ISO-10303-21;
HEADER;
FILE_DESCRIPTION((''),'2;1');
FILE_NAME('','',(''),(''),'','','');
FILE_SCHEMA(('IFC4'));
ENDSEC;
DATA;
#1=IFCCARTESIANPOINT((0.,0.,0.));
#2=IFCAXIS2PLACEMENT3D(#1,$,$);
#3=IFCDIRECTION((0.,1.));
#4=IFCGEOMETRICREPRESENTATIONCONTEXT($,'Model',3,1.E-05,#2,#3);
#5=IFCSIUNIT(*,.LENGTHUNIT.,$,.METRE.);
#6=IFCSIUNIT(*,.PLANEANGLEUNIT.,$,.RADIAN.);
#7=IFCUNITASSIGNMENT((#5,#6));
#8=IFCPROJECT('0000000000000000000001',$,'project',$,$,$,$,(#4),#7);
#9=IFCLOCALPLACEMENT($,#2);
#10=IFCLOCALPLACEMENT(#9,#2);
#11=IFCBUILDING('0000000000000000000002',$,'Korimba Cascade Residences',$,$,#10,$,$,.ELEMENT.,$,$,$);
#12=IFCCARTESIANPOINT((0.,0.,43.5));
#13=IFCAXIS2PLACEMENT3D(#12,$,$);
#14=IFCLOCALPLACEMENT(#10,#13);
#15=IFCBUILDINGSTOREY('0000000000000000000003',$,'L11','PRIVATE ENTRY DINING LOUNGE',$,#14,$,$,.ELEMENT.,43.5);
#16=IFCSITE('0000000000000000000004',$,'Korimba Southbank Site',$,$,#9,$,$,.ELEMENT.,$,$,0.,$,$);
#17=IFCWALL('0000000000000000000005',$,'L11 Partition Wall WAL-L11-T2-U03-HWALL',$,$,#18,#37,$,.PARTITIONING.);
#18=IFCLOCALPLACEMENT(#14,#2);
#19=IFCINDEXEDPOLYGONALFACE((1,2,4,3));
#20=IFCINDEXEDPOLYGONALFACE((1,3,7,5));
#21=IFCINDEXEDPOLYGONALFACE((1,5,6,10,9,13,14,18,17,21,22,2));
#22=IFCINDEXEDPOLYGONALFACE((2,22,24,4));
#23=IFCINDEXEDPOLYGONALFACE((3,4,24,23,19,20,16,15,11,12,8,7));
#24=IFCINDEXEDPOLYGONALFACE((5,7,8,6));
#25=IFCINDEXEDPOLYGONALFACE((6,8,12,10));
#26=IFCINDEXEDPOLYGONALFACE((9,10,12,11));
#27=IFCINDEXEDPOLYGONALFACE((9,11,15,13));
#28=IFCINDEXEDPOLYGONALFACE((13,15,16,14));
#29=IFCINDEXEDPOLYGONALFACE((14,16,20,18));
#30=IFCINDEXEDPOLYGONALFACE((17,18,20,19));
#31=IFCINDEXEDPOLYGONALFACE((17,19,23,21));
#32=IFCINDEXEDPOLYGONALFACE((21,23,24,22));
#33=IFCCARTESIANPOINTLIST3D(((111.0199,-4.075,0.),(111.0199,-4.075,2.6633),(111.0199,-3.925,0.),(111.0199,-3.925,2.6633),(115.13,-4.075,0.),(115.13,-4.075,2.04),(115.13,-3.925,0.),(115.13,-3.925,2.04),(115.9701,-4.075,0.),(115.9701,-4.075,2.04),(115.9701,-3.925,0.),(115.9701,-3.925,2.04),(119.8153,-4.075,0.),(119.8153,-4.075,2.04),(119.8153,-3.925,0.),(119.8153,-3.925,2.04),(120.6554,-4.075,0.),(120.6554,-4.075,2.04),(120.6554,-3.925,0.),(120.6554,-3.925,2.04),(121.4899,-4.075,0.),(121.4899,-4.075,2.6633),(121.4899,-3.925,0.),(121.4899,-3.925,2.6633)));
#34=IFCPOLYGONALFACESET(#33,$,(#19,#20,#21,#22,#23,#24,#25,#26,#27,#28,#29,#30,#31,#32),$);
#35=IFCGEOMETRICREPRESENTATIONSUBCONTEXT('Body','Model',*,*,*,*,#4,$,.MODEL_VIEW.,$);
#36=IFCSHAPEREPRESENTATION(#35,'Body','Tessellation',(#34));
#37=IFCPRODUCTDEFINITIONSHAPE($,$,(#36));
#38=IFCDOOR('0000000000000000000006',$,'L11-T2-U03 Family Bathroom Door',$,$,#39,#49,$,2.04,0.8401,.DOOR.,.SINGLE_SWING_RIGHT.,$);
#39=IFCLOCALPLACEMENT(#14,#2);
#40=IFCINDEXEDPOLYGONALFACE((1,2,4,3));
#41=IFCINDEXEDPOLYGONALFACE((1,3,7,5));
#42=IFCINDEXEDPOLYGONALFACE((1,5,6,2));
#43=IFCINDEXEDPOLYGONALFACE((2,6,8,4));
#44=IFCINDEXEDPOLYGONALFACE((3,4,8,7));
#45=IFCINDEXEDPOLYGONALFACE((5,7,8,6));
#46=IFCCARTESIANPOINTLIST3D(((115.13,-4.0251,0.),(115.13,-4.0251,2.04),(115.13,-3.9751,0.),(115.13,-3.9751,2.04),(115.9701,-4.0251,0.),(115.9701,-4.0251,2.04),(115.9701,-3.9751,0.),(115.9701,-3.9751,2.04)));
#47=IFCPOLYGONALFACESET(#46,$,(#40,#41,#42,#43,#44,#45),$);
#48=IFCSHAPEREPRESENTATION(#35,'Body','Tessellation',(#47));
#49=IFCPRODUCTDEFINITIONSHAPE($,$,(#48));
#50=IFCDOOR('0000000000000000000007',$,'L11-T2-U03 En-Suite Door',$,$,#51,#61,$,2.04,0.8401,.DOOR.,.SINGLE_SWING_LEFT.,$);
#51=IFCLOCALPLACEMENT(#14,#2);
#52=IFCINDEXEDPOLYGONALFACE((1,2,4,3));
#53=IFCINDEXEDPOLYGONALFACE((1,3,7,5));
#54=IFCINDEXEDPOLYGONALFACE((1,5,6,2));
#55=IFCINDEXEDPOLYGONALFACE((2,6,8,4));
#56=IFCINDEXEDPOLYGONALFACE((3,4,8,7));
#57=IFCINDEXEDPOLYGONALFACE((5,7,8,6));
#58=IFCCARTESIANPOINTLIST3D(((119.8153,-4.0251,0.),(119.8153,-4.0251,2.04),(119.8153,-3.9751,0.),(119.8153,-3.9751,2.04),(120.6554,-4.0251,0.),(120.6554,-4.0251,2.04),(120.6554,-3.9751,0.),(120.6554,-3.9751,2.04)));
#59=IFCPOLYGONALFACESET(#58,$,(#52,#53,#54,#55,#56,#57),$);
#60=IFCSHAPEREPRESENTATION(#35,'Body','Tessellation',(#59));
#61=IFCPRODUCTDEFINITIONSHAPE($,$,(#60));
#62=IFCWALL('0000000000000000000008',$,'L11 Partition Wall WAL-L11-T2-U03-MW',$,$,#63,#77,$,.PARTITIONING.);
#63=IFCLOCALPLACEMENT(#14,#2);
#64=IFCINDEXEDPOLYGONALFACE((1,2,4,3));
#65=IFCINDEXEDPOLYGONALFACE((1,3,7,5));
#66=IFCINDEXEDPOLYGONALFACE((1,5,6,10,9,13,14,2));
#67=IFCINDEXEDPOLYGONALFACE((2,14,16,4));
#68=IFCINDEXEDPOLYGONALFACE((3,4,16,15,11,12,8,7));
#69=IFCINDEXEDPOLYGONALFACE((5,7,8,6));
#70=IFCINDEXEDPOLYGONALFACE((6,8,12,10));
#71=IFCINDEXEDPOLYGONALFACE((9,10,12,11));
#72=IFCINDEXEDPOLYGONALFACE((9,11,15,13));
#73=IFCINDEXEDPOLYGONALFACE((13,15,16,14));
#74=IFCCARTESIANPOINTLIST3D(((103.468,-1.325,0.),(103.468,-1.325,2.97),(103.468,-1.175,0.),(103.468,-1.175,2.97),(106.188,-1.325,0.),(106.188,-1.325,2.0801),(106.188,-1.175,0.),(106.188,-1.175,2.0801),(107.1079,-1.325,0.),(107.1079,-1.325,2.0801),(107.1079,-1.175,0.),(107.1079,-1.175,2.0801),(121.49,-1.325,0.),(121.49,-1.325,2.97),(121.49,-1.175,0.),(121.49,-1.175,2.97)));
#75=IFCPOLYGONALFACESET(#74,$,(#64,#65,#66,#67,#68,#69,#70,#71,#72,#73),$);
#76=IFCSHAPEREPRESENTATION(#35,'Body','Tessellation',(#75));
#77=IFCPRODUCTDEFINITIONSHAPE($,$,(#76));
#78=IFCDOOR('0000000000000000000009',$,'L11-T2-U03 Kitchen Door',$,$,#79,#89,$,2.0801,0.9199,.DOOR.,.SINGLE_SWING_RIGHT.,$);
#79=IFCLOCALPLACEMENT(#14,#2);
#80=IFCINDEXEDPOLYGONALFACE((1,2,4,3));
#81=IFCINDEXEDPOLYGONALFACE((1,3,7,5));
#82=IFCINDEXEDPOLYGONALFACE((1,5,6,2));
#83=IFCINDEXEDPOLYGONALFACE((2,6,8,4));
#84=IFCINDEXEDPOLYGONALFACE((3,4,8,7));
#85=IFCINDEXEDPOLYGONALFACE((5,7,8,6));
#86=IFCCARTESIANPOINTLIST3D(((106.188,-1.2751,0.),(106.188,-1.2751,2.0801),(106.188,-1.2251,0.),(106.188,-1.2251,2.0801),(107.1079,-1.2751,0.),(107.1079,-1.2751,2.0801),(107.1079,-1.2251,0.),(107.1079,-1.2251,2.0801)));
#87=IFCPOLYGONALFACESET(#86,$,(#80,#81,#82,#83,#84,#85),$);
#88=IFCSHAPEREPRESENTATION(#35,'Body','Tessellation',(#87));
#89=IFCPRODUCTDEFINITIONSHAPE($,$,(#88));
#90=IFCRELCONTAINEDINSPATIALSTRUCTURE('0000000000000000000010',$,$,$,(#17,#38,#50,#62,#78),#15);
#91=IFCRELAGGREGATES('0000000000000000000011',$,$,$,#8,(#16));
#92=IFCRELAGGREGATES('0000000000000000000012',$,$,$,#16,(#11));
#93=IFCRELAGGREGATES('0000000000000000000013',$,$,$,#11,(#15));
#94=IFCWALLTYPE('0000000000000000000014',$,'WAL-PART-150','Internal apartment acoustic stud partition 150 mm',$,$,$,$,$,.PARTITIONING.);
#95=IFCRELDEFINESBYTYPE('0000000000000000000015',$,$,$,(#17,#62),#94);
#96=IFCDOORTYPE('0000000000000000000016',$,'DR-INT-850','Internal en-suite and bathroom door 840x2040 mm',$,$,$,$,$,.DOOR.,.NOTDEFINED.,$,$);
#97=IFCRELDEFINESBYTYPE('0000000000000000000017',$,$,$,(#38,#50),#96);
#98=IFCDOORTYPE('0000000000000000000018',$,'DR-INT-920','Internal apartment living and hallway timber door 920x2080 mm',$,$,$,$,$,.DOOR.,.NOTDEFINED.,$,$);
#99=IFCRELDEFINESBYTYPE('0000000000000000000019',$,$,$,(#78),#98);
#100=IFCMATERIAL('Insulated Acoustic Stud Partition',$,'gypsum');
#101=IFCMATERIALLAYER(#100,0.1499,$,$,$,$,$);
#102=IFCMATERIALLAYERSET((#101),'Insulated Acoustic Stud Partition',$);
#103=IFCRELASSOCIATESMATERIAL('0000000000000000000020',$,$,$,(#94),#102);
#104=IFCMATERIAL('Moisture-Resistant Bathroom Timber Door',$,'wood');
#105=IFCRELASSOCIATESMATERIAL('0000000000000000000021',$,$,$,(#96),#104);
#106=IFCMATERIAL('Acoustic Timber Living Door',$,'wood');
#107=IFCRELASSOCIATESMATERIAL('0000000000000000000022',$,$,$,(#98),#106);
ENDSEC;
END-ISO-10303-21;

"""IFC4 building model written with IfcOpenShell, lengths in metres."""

from ifc_helpers import new_model, si_unit, direction, frame, frame_2d, origin, place, context, subcontext, project, spatial, rectangle, extrude, material, layer, layer_set, type_object, element, fill, save


model = new_model("IFC4")

# Units and contexts
model_context = context("Model", 3, precision=1e-05, world=origin(), true_north=direction((0.0, 1.0)))
body_context = subcontext(model_context, "Body", "Model", "MODEL_VIEW")
ifc_project = project(units=[si_unit("LENGTHUNIT", "METRE"), si_unit("PLANEANGLEUNIT", "RADIAN")], contexts=[model_context])

# Site, building, storey
site_placement = place(None, origin())
site = spatial("IfcSite", under=ifc_project, at=site_placement, Name="Korimba Southbank Site", CompositionType="ELEMENT", RefElevation=0.0)
building_placement = place(site_placement, origin())
building = spatial("IfcBuilding", under=site, at=building_placement, Name="Korimba Cascade Residences", CompositionType="ELEMENT")
storey_placement = place(building_placement, frame((0.0, 0.0, 43.5)))
storey = spatial("IfcBuildingStorey", under=building, at=storey_placement, Name="L11", Description="PRIVATE ENTRY DINING LOUNGE", CompositionType="ELEMENT", Elevation=43.5)

# Shared definitions
ifc_material_1 = material(Name="Insulated Acoustic Stud Partition", Category="gypsum")
ifc_layer = layer(ifc_material_1, 0.1499)
ifc_layer_set = layer_set([ifc_layer], Name="Insulated Acoustic Stud Partition")
wall_type = type_object("IfcWallType", Name="WAL-PART-150", Description="Internal apartment acoustic stud partition 150 mm", PredefinedType="PARTITIONING", material=ifc_layer_set)
ifc_material_2 = material(Name="Moisture-Resistant Bathroom Timber Door", Category="wood")
door_type_1 = type_object("IfcDoorType", Name="DR-INT-850", Description="Internal en-suite and bathroom door 840x2040 mm", OperationType="NOTDEFINED", PredefinedType="DOOR", material=ifc_material_2)

# Wall, openings, doors
wall_1_placement = place(storey_placement, frame((111.02, -4.0, 0.0), z_axis=(0.0, 0.0, 1.0), x_axis=(1.0, 0.0, 0.0)))
wall_1 = element("IfcWall", 1, at=wall_1_placement, inside=storey, type_object=wall_type, Name="L11 Partition Wall WAL-L11-T2-U03-HWALL", PredefinedType="PARTITIONING", context=body_context, shape_type="SweptSolid", body=[
    extrude(rectangle(XDim=10.47, YDim=0.1499, at=frame_2d((5.2349, 0.0))), origin(), (0.0, 0.0, 1.0), 2.6633),
])
opening_1_placement = place(wall_1_placement, frame((4.1101, 0.0, 0.0)))
opening_1 = element("IfcOpeningElement", 2, at=opening_1_placement, cuts=wall_1, PredefinedType="OPENING", context=body_context, shape_type="SweptSolid", body=[
    extrude(rectangle(XDim=0.8401, YDim=2.04, at=frame_2d((0.4199, 1.02))), frame((0.0, 0.085, 0.0), z_axis=(0.0, -1.0, 0.0), x_axis=(1.0, 0.0, 0.0)), (0.0, 0.0, 1.0), 0.1699),
])
opening_2_placement = place(wall_1_placement, frame((8.7954, 0.0, 0.0)))
opening_2 = element("IfcOpeningElement", 3, at=opening_2_placement, cuts=wall_1, PredefinedType="OPENING", context=body_context, shape_type="SweptSolid", body=[
    extrude(rectangle(XDim=0.8401, YDim=2.04, at=frame_2d((0.4199, 1.02))), frame((0.0, 0.085, 0.0), z_axis=(0.0, -1.0, 0.0), x_axis=(1.0, 0.0, 0.0)), (0.0, 0.0, 1.0), 0.1699),
])
door_1_placement = place(opening_1_placement, origin())
door_1 = element("IfcDoor", 4, at=door_1_placement, inside=storey, type_object=door_type_1, Name="L11-T2-U03 Family Bathroom Door", OperationType="SINGLE_SWING_RIGHT", OverallHeight=2.04, OverallWidth=0.8401, PredefinedType="DOOR", context=body_context, shape_type="SweptSolid", body=[
    extrude(rectangle(XDim=0.8401, YDim=2.04, at=frame_2d((0.4199, 1.02))), frame((0.0, 0.0249, 0.0), z_axis=(0.0, -1.0, 0.0), x_axis=(1.0, 0.0, 0.0)), (0.0, 0.0, 1.0), 0.05),
])
fill(opening_1, door_1)
door_2_placement = place(opening_2_placement, origin())
door_2 = element("IfcDoor", 5, at=door_2_placement, inside=storey, type_object=door_type_1, Name="L11-T2-U03 En-Suite Door", OperationType="SINGLE_SWING_LEFT", OverallHeight=2.04, OverallWidth=0.8401, PredefinedType="DOOR", context=body_context, shape_type="SweptSolid", body=[
    extrude(rectangle(XDim=0.8401, YDim=2.04, at=frame_2d((0.4199, 1.02))), frame((0.0, 0.0249, 0.0), z_axis=(0.0, -1.0, 0.0), x_axis=(1.0, 0.0, 0.0)), (0.0, 0.0, 1.0), 0.05),
])
fill(opening_2, door_2)

# Wall, opening, door
wall_2_placement = place(storey_placement, frame((103.468, -1.25, 0.0), z_axis=(0.0, 0.0, 1.0), x_axis=(1.0, 0.0, 0.0)))
wall_2 = element("IfcWall", 6, at=wall_2_placement, inside=storey, type_object=wall_type, Name="L11 Partition Wall WAL-L11-T2-U03-MW", PredefinedType="PARTITIONING", context=body_context, shape_type="SweptSolid", body=[
    extrude(rectangle(XDim=18.022, YDim=0.1499, at=frame_2d((9.011, 0.0))), origin(), (0.0, 0.0, 1.0), 2.97),
])
opening_3_placement = place(wall_2_placement, frame((2.72, 0.0, 0.0)))
opening_3 = element("IfcOpeningElement", 7, at=opening_3_placement, cuts=wall_2, PredefinedType="OPENING", context=body_context, shape_type="SweptSolid", body=[
    extrude(rectangle(XDim=0.9199, YDim=2.0801, at=frame_2d((0.46, 1.04))), frame((0.0, 0.085, 0.0), z_axis=(0.0, -1.0, 0.0), x_axis=(1.0, 0.0, 0.0)), (0.0, 0.0, 1.0), 0.1699),
])
ifc_material_3 = material(Name="Acoustic Timber Living Door", Category="wood")
door_type_2 = type_object("IfcDoorType", Name="DR-INT-920", Description="Internal apartment living and hallway timber door 920x2080 mm", OperationType="NOTDEFINED", PredefinedType="DOOR", material=ifc_material_3)
door_3_placement = place(opening_3_placement, origin())
door_3 = element("IfcDoor", 8, at=door_3_placement, inside=storey, type_object=door_type_2, Name="L11-T2-U03 Kitchen Door", OperationType="SINGLE_SWING_RIGHT", OverallHeight=2.0801, OverallWidth=0.9199, PredefinedType="DOOR", context=body_context, shape_type="SweptSolid", body=[
    extrude(rectangle(XDim=0.9199, YDim=2.0801, at=frame_2d((0.46, 1.04))), frame((0.0, 0.0249, 0.0), z_axis=(0.0, -1.0, 0.0), x_axis=(1.0, 0.0, 0.0)), (0.0, 0.0, 1.0), 0.05),
])
fill(opening_3, door_3)

save(model, "model.ifc")
